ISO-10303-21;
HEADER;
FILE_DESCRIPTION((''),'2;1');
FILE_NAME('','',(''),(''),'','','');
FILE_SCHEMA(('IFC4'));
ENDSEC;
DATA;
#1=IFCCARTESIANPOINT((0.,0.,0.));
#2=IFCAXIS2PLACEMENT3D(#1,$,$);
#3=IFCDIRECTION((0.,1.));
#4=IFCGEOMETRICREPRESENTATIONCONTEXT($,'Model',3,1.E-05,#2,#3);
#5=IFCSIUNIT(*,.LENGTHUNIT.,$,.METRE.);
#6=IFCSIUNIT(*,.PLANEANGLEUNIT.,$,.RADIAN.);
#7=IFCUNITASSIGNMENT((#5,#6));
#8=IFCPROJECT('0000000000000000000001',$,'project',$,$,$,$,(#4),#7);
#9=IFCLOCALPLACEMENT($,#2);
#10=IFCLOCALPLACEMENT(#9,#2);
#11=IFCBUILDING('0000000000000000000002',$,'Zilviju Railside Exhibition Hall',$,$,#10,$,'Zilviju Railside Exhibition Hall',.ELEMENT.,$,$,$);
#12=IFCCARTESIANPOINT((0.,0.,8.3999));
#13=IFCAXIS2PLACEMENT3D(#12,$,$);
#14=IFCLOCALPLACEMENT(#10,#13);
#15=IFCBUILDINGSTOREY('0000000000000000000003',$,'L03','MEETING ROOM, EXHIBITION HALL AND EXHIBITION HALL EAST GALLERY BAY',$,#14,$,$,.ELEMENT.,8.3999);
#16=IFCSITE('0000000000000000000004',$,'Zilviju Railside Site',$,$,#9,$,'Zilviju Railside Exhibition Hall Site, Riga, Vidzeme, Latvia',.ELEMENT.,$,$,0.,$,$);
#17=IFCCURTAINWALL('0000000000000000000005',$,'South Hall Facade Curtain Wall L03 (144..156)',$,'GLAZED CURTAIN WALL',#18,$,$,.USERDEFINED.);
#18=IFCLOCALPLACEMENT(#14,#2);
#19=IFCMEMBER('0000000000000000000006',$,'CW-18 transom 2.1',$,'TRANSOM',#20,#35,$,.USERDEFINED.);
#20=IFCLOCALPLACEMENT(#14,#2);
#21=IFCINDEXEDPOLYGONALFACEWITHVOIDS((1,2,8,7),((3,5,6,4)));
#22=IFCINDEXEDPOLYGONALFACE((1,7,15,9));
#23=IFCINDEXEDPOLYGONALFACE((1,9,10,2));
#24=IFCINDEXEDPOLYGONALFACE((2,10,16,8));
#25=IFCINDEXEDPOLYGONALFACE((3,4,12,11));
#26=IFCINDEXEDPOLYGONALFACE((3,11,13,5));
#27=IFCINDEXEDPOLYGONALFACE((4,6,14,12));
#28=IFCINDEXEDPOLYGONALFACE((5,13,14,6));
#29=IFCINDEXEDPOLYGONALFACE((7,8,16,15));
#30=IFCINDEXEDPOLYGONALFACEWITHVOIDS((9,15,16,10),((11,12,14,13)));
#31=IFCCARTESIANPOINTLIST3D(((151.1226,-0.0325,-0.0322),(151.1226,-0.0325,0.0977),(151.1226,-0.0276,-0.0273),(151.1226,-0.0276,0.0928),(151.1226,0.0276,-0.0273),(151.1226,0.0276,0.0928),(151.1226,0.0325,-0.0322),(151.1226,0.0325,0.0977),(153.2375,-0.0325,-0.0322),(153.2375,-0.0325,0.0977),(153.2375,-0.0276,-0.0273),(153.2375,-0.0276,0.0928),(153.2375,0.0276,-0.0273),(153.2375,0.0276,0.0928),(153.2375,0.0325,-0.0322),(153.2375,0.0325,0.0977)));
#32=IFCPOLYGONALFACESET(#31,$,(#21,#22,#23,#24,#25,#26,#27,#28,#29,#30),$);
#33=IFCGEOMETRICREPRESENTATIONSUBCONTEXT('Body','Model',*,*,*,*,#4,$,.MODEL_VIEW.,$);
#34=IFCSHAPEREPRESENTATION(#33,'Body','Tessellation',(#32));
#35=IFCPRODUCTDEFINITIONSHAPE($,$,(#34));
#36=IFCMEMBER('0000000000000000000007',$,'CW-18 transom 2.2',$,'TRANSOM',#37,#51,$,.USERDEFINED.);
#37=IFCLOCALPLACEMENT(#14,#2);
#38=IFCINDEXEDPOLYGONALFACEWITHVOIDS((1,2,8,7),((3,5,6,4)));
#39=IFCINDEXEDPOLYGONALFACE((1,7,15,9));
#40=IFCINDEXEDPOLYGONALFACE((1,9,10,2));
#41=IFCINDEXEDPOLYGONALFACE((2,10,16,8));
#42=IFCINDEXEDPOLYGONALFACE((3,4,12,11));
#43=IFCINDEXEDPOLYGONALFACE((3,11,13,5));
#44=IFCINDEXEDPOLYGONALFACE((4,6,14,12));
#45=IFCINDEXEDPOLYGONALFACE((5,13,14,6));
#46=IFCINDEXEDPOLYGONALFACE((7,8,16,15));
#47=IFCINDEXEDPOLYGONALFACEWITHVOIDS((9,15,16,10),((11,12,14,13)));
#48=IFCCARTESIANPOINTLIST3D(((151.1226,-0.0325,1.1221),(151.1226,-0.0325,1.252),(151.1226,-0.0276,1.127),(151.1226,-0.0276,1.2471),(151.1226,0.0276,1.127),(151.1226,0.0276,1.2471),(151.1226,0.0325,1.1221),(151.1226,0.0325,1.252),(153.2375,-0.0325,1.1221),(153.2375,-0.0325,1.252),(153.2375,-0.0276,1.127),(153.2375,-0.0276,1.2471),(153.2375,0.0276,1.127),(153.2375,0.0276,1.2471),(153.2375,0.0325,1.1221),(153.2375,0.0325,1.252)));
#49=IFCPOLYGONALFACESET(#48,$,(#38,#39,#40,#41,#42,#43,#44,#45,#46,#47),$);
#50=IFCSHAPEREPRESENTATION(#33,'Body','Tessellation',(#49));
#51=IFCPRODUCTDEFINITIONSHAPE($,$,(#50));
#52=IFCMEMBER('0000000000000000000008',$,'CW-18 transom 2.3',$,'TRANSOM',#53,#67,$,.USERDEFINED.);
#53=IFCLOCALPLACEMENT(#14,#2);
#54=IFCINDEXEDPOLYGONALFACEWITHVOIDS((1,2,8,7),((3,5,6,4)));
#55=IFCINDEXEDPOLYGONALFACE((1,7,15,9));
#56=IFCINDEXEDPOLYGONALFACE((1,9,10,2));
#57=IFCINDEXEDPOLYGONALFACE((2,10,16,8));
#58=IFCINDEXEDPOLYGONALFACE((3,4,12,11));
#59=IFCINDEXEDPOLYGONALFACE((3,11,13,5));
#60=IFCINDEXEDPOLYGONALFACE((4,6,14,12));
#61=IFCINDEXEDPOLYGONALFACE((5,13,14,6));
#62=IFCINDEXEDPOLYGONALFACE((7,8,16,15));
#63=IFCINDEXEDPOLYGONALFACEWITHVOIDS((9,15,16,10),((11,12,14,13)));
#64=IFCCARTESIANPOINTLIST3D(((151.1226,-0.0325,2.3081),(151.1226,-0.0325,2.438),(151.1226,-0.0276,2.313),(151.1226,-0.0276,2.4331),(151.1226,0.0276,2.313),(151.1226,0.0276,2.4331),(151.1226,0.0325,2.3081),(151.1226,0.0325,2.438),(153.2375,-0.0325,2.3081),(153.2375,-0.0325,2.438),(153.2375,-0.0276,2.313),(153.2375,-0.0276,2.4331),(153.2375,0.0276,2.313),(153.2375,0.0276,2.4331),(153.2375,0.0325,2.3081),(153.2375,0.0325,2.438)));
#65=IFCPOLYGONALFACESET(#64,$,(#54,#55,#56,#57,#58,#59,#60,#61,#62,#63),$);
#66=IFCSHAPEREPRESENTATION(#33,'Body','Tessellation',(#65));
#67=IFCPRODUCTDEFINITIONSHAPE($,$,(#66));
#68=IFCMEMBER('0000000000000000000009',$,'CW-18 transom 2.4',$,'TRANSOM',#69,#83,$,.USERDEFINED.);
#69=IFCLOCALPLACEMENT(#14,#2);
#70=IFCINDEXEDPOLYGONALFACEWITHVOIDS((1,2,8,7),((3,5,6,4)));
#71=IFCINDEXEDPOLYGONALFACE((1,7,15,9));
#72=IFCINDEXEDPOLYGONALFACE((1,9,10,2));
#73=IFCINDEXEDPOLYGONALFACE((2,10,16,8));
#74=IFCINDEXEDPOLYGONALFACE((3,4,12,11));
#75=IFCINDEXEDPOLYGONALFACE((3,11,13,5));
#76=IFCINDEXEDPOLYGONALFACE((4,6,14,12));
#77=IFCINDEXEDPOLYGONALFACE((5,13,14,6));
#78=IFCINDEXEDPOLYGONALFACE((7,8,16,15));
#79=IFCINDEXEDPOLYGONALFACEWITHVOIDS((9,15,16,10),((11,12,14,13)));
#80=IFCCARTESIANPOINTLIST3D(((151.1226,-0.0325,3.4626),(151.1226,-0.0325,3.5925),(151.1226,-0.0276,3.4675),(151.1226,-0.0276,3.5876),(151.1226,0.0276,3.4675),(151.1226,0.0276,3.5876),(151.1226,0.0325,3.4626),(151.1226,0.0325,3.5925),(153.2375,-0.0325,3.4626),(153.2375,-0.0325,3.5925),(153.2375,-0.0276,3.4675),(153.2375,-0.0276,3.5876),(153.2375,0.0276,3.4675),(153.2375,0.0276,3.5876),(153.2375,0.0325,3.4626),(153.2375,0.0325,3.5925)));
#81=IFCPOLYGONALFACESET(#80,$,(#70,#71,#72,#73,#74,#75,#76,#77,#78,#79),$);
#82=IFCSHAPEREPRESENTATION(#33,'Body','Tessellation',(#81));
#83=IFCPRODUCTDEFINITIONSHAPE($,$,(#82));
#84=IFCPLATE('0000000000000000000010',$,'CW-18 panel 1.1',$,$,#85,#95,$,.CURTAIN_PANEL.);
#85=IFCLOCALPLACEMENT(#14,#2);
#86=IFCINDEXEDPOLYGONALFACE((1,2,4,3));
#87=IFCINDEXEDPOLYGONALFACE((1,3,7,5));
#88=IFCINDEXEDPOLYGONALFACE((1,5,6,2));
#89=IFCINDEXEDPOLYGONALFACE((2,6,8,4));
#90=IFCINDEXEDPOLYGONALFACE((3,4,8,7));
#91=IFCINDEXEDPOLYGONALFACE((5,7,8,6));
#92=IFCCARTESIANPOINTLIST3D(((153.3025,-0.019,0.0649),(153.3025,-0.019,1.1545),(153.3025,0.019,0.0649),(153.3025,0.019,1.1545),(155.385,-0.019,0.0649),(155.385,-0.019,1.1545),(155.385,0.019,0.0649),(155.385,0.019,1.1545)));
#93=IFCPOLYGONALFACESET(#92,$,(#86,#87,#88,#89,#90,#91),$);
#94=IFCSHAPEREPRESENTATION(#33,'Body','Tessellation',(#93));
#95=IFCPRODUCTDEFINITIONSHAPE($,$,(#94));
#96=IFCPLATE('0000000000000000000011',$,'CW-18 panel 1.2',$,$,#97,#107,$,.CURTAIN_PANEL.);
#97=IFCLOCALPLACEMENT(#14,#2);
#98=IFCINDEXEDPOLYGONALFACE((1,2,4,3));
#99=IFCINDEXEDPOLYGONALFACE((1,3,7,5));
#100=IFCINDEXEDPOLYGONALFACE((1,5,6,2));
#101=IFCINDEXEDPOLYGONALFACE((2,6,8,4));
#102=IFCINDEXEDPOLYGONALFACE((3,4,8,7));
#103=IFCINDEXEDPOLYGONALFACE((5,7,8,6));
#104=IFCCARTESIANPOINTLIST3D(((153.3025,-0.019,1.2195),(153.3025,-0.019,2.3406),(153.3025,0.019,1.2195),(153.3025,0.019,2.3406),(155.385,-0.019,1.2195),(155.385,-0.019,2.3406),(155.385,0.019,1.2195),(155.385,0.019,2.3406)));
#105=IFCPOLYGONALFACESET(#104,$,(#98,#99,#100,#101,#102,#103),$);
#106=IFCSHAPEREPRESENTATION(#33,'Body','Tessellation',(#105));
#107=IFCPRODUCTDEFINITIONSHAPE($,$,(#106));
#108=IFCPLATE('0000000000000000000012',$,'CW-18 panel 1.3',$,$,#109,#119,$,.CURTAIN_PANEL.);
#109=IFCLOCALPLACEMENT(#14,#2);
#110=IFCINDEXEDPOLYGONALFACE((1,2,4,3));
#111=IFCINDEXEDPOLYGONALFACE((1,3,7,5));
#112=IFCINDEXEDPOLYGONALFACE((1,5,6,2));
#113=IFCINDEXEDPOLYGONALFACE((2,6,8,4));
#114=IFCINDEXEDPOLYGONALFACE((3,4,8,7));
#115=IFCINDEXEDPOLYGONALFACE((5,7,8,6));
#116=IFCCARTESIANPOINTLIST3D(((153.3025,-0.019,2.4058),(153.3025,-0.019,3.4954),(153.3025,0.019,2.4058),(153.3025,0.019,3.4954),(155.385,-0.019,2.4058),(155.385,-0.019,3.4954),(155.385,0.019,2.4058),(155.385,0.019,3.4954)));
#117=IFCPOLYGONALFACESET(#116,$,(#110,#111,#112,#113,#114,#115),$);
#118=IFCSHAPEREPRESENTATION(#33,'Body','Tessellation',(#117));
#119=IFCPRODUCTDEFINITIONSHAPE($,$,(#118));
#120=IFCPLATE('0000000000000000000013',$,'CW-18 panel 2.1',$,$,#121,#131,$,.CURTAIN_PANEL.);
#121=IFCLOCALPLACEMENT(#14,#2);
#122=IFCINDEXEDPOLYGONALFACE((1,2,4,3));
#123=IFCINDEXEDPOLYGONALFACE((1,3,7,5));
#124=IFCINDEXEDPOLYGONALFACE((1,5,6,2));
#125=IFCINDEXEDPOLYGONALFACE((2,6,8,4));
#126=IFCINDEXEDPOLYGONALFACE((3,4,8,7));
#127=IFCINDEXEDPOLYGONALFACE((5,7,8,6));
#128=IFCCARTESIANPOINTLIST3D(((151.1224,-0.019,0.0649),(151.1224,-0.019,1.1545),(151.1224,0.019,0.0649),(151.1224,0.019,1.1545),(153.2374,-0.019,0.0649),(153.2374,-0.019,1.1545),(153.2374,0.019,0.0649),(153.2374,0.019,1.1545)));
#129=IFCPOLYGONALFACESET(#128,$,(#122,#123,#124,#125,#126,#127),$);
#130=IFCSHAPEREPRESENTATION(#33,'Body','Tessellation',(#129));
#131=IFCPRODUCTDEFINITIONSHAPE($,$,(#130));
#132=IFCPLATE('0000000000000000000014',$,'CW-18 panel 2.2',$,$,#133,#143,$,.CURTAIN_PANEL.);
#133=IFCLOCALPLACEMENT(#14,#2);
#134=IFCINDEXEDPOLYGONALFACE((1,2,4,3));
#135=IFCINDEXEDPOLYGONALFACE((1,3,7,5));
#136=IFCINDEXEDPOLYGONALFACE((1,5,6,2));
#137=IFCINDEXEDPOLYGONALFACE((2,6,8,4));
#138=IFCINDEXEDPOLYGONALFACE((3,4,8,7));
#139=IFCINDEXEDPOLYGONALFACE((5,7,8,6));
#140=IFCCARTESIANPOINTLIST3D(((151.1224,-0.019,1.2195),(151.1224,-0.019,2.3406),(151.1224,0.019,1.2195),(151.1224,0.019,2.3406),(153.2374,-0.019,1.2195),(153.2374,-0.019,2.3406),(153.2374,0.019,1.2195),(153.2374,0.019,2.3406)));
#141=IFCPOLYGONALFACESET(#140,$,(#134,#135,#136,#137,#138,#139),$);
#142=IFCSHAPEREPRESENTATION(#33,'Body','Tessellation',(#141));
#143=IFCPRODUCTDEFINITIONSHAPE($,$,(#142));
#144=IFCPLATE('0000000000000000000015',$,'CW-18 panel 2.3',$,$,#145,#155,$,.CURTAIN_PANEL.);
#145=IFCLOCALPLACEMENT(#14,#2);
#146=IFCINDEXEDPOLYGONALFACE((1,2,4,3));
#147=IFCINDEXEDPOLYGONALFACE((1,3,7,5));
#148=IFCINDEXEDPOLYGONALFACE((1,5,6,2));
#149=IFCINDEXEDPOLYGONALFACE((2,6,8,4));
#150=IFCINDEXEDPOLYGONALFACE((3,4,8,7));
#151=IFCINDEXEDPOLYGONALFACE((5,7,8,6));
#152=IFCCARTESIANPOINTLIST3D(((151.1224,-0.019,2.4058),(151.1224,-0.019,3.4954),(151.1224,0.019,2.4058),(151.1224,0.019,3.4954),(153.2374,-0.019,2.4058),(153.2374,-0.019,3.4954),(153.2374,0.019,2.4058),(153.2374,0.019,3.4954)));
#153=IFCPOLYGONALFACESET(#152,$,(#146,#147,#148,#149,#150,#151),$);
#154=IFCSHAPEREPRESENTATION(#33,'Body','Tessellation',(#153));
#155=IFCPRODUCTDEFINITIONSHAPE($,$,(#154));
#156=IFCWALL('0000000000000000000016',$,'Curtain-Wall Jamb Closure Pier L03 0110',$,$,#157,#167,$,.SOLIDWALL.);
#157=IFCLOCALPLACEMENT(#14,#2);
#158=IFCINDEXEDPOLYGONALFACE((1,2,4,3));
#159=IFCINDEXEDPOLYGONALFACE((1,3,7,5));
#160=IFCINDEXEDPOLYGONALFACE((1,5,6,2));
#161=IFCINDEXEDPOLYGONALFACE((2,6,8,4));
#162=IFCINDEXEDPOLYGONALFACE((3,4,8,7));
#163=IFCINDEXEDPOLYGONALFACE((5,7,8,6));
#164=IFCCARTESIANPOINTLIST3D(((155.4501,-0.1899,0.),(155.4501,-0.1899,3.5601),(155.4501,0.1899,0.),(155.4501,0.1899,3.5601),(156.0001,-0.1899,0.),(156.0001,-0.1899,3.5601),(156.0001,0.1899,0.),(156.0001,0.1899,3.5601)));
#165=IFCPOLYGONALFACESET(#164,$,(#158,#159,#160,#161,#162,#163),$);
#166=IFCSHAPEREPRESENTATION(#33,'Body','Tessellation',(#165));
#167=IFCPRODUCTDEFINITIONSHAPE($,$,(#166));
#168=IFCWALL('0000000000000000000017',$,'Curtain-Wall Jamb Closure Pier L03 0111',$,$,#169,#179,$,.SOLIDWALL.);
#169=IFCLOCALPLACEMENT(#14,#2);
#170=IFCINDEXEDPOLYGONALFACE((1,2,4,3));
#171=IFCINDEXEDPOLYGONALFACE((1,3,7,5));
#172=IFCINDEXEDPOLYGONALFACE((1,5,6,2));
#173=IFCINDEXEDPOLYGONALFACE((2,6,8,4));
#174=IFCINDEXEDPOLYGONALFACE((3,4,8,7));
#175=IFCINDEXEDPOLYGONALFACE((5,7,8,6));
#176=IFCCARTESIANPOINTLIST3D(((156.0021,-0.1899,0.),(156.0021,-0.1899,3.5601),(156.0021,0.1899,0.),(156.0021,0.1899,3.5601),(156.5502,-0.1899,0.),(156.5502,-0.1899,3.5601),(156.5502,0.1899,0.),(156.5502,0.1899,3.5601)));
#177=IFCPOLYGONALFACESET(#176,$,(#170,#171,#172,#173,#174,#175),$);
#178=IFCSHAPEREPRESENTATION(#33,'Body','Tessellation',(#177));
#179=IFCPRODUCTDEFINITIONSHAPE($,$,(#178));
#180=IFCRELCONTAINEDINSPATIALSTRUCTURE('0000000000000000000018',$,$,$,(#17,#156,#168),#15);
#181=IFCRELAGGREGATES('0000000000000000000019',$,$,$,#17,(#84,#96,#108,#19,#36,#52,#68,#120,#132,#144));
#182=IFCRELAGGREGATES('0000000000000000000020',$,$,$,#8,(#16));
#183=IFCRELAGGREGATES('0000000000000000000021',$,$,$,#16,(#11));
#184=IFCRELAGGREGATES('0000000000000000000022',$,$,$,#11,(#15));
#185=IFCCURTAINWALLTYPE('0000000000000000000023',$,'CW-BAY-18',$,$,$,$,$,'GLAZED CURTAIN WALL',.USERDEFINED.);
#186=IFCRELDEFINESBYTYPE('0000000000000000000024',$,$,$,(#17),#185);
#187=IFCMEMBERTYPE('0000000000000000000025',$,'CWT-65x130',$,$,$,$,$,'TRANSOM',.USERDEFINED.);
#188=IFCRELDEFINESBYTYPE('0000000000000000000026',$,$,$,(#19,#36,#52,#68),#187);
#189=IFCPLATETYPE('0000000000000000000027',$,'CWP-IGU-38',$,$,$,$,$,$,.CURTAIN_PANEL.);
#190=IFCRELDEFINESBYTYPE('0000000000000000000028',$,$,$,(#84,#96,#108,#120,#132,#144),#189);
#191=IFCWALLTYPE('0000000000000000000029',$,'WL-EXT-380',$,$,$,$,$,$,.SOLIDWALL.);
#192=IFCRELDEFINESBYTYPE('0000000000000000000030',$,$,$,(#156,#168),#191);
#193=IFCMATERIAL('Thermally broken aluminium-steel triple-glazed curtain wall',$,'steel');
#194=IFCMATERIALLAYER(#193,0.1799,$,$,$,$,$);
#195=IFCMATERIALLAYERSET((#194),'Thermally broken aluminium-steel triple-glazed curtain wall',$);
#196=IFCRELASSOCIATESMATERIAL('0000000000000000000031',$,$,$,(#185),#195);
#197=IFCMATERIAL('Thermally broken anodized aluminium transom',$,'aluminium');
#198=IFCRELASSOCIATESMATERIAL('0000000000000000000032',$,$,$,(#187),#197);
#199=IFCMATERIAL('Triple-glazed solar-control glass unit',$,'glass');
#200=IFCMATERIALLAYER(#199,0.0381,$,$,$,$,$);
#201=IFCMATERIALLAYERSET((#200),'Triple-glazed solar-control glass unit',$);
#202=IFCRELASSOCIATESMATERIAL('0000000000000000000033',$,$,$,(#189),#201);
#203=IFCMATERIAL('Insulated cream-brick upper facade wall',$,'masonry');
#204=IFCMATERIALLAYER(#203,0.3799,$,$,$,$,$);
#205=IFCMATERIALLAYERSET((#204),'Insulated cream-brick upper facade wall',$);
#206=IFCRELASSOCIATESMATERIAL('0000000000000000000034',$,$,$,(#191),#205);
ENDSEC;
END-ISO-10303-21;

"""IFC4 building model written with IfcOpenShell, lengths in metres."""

from ifc_helpers import new_model, si_unit, direction, frame, frame_2d, origin, origin_2d, place, context, subcontext, project, spatial, rectangle, hollow_rectangle, extrude, material, layer, layer_set, material_profile, profile_set, type_object, element, aggregate, save


model = new_model("IFC4")

# Units and contexts
model_context = context("Model", 3, precision=1e-05, world=origin(), true_north=direction((0.0, 1.0)))
body_context = subcontext(model_context, "Body", "Model", "MODEL_VIEW")
ifc_project = project(units=[si_unit("LENGTHUNIT", "METRE"), si_unit("PLANEANGLEUNIT", "RADIAN")], contexts=[model_context])

# Site, building, storey
site_placement = place(None, origin())
site = spatial("IfcSite", under=ifc_project, at=site_placement, Name="Zilviju Railside Site", LongName="Zilviju Railside Exhibition Hall Site, Riga, Vidzeme, Latvia", CompositionType="ELEMENT", RefElevation=0.0)
building_placement = place(site_placement, origin())
building = spatial("IfcBuilding", under=site, at=building_placement, Name="Zilviju Railside Exhibition Hall", LongName="Zilviju Railside Exhibition Hall", CompositionType="ELEMENT")
storey_placement = place(building_placement, frame((0.0, 0.0, 8.3999)))
storey = spatial("IfcBuildingStorey", under=building, at=storey_placement, Name="L03", Description="MEETING ROOM, EXHIBITION HALL AND EXHIBITION HALL EAST GALLERY BAY", CompositionType="ELEMENT", Elevation=8.3999)

# Shared definitions
ifc_material_1 = material(Name="Thermally broken aluminium-steel triple-glazed curtain wall", Category="steel")

# Curtain wall, members, plates
ifc_layer_1 = layer(ifc_material_1, 0.1799)
ifc_layer_set_1 = layer_set([ifc_layer_1], Name="Thermally broken aluminium-steel triple-glazed curtain wall")
curtain_wall_type_1 = type_object("IfcCurtainWallType", Name="CW-BAY-18", ElementType="GLAZED CURTAIN WALL", PredefinedType="USERDEFINED", material=ifc_layer_set_1)
curtain_wall_1_placement = place(storey_placement, origin())
curtain_wall_1 = element("IfcCurtainWall", 1, at=curtain_wall_1_placement, inside=storey, type_object=curtain_wall_type_1, Name="South Hall Facade Curtain Wall L03 (144..156)", ObjectType="GLAZED CURTAIN WALL", PredefinedType="USERDEFINED")
ifc_material_2 = material(Name="Thermally broken anodized aluminium transom", Category="aluminium")
ifc_material_profile_1 = material_profile(ifc_material_2, hollow_rectangle(XDim=0.0649, YDim=0.1299, WallThickness=0.0049, at=origin_2d()), Name="TRANSOM 130x65x5")
ifc_profile_set_1 = profile_set([ifc_material_profile_1], Name="Thermally broken anodized aluminium transom")
member_type_1 = type_object("IfcMemberType", Name="CWT-65x130", ElementType="TRANSOM", PredefinedType="USERDEFINED", material=ifc_profile_set_1)
member_1_placement = place(storey_placement, frame((153.2375, 0.0, 0.0327), z_axis=(-1.0, 0.0, 0.0), x_axis=(0.0, -1.0, 0.0)))
member_1 = element("IfcMember", 2, at=member_1_placement, type_object=member_type_1, Name="CW-18 transom 2.1", ObjectType="TRANSOM", PredefinedType="USERDEFINED", context=body_context, shape_type="SweptSolid", body=[
    extrude(hollow_rectangle(XDim=0.0649, YDim=0.1299, WallThickness=0.0049, at=origin_2d()), origin(), (0.0, 0.0, 1.0), 2.115),
])
member_2_placement = place(storey_placement, frame((153.2375, 0.0, 1.187), z_axis=(-1.0, 0.0, 0.0), x_axis=(0.0, -1.0, 0.0)))
member_2 = element("IfcMember", 3, at=member_2_placement, type_object=member_type_1, Name="CW-18 transom 2.2", ObjectType="TRANSOM", PredefinedType="USERDEFINED", context=body_context, shape_type="SweptSolid", body=[
    extrude(hollow_rectangle(XDim=0.0649, YDim=0.1299, WallThickness=0.0049, at=origin_2d()), origin(), (0.0, 0.0, 1.0), 2.115),
])
member_3_placement = place(storey_placement, frame((153.2375, 0.0, 2.373), z_axis=(-1.0, 0.0, 0.0), x_axis=(0.0, -1.0, 0.0)))
member_3 = element("IfcMember", 4, at=member_3_placement, type_object=member_type_1, Name="CW-18 transom 2.3", ObjectType="TRANSOM", PredefinedType="USERDEFINED", context=body_context, shape_type="SweptSolid", body=[
    extrude(hollow_rectangle(XDim=0.0649, YDim=0.1299, WallThickness=0.0049, at=origin_2d()), origin(), (0.0, 0.0, 1.0), 2.115),
])
member_4_placement = place(storey_placement, frame((153.2375, 0.0, 3.5276), z_axis=(-1.0, 0.0, 0.0), x_axis=(0.0, -1.0, 0.0)))
member_4 = element("IfcMember", 5, at=member_4_placement, type_object=member_type_1, Name="CW-18 transom 2.4", ObjectType="TRANSOM", PredefinedType="USERDEFINED", context=body_context, shape_type="SweptSolid", body=[
    extrude(hollow_rectangle(XDim=0.0649, YDim=0.1299, WallThickness=0.0049, at=origin_2d()), origin(), (0.0, 0.0, 1.0), 2.115),
])
ifc_material_3 = material(Name="Triple-glazed solar-control glass unit", Category="glass")
ifc_layer_2 = layer(ifc_material_3, 0.0381)
ifc_layer_set_2 = layer_set([ifc_layer_2], Name="Triple-glazed solar-control glass unit")
plate_type = type_object("IfcPlateType", Name="CWP-IGU-38", PredefinedType="CURTAIN_PANEL", material=ifc_layer_set_2)
plate_1_placement = place(storey_placement, frame((154.3438, 0.0, 0.0649), z_axis=(0.0, 0.0, 1.0), x_axis=(-1.0, 0.0, 0.0)))
plate_1 = element("IfcPlate", 6, at=plate_1_placement, type_object=plate_type, Name="CW-18 panel 1.1", PredefinedType="CURTAIN_PANEL", context=body_context, shape_type="SweptSolid", body=[
    extrude(rectangle(XDim=2.0825, YDim=0.0381, at=origin_2d()), origin(), (0.0, 0.0, 1.0), 1.0896),
])
plate_2_placement = place(storey_placement, frame((154.3438, 0.0, 1.2195), z_axis=(0.0, 0.0, 1.0), x_axis=(-1.0, 0.0, 0.0)))
plate_2 = element("IfcPlate", 7, at=plate_2_placement, type_object=plate_type, Name="CW-18 panel 1.2", PredefinedType="CURTAIN_PANEL", context=body_context, shape_type="SweptSolid", body=[
    extrude(rectangle(XDim=2.0825, YDim=0.0381, at=origin_2d()), origin(), (0.0, 0.0, 1.0), 1.1211),
])
plate_3_placement = place(storey_placement, frame((154.3438, 0.0, 2.4058), z_axis=(0.0, 0.0, 1.0), x_axis=(-1.0, 0.0, 0.0)))
plate_3 = element("IfcPlate", 8, at=plate_3_placement, type_object=plate_type, Name="CW-18 panel 1.3", PredefinedType="CURTAIN_PANEL", context=body_context, shape_type="SweptSolid", body=[
    extrude(rectangle(XDim=2.0825, YDim=0.0381, at=origin_2d()), origin(), (0.0, 0.0, 1.0), 1.0896),
])
plate_4_placement = place(storey_placement, frame((152.1799, 0.0, 0.0649), z_axis=(0.0, 0.0, 1.0), x_axis=(-1.0, 0.0, 0.0)))
plate_4 = element("IfcPlate", 9, at=plate_4_placement, type_object=plate_type, Name="CW-18 panel 2.1", PredefinedType="CURTAIN_PANEL", context=body_context, shape_type="SweptSolid", body=[
    extrude(rectangle(XDim=2.115, YDim=0.0381, at=origin_2d()), origin(), (0.0, 0.0, 1.0), 1.0896),
])
plate_5_placement = place(storey_placement, frame((152.1799, 0.0, 1.2195), z_axis=(0.0, 0.0, 1.0), x_axis=(-1.0, 0.0, 0.0)))
plate_5 = element("IfcPlate", 10, at=plate_5_placement, type_object=plate_type, Name="CW-18 panel 2.2", PredefinedType="CURTAIN_PANEL", context=body_context, shape_type="SweptSolid", body=[
    extrude(rectangle(XDim=2.115, YDim=0.0381, at=origin_2d()), origin(), (0.0, 0.0, 1.0), 1.1211),
])
plate_6_placement = place(storey_placement, frame((152.1799, 0.0, 2.4058), z_axis=(0.0, 0.0, 1.0), x_axis=(-1.0, 0.0, 0.0)))
plate_6 = element("IfcPlate", 11, at=plate_6_placement, type_object=plate_type, Name="CW-18 panel 2.3", PredefinedType="CURTAIN_PANEL", context=body_context, shape_type="SweptSolid", body=[
    extrude(rectangle(XDim=2.115, YDim=0.0381, at=origin_2d()), origin(), (0.0, 0.0, 1.0), 1.0896),
])
aggregate(curtain_wall_1, [plate_1, plate_2, plate_3, member_1, member_2, member_3, member_4, plate_4, plate_5, plate_6])

# Walls
ifc_material_4 = material(Name="Insulated cream-brick upper facade wall", Category="masonry")
ifc_layer_3 = layer(ifc_material_4, 0.3799)
ifc_layer_set_3 = layer_set([ifc_layer_3], Name="Insulated cream-brick upper facade wall")
wall_type = type_object("IfcWallType", Name="WL-EXT-380", PredefinedType="SOLIDWALL", material=ifc_layer_set_3)
wall_1_placement = place(storey_placement, frame((156.0, 0.0, 0.0), z_axis=(0.0, 0.0, 1.0), x_axis=(-1.0, 0.0, 0.0)))
element("IfcWall", 12, at=wall_1_placement, inside=storey, type_object=wall_type, Name="Curtain-Wall Jamb Closure Pier L03 0110", PredefinedType="SOLIDWALL", context=body_context, shape_type="SweptSolid", body=[
    extrude(rectangle(XDim=0.55, YDim=0.3799, at=frame_2d((0.2749, 0.0))), origin(), (0.0, 0.0, 1.0), 3.5601),
])
wall_2_placement = place(storey_placement, frame((156.55, 0.0, 0.0), z_axis=(0.0, 0.0, 1.0), x_axis=(-1.0, 0.0, 0.0)))
element("IfcWall", 13, at=wall_2_placement, inside=storey, type_object=wall_type, Name="Curtain-Wall Jamb Closure Pier L03 0111", PredefinedType="SOLIDWALL", context=body_context, shape_type="SweptSolid", body=[
    extrude(rectangle(XDim=0.5481, YDim=0.3799, at=frame_2d((0.2739, 0.0))), origin(), (0.0, 0.0, 1.0), 3.5601),
])

save(model, "model.ifc")
